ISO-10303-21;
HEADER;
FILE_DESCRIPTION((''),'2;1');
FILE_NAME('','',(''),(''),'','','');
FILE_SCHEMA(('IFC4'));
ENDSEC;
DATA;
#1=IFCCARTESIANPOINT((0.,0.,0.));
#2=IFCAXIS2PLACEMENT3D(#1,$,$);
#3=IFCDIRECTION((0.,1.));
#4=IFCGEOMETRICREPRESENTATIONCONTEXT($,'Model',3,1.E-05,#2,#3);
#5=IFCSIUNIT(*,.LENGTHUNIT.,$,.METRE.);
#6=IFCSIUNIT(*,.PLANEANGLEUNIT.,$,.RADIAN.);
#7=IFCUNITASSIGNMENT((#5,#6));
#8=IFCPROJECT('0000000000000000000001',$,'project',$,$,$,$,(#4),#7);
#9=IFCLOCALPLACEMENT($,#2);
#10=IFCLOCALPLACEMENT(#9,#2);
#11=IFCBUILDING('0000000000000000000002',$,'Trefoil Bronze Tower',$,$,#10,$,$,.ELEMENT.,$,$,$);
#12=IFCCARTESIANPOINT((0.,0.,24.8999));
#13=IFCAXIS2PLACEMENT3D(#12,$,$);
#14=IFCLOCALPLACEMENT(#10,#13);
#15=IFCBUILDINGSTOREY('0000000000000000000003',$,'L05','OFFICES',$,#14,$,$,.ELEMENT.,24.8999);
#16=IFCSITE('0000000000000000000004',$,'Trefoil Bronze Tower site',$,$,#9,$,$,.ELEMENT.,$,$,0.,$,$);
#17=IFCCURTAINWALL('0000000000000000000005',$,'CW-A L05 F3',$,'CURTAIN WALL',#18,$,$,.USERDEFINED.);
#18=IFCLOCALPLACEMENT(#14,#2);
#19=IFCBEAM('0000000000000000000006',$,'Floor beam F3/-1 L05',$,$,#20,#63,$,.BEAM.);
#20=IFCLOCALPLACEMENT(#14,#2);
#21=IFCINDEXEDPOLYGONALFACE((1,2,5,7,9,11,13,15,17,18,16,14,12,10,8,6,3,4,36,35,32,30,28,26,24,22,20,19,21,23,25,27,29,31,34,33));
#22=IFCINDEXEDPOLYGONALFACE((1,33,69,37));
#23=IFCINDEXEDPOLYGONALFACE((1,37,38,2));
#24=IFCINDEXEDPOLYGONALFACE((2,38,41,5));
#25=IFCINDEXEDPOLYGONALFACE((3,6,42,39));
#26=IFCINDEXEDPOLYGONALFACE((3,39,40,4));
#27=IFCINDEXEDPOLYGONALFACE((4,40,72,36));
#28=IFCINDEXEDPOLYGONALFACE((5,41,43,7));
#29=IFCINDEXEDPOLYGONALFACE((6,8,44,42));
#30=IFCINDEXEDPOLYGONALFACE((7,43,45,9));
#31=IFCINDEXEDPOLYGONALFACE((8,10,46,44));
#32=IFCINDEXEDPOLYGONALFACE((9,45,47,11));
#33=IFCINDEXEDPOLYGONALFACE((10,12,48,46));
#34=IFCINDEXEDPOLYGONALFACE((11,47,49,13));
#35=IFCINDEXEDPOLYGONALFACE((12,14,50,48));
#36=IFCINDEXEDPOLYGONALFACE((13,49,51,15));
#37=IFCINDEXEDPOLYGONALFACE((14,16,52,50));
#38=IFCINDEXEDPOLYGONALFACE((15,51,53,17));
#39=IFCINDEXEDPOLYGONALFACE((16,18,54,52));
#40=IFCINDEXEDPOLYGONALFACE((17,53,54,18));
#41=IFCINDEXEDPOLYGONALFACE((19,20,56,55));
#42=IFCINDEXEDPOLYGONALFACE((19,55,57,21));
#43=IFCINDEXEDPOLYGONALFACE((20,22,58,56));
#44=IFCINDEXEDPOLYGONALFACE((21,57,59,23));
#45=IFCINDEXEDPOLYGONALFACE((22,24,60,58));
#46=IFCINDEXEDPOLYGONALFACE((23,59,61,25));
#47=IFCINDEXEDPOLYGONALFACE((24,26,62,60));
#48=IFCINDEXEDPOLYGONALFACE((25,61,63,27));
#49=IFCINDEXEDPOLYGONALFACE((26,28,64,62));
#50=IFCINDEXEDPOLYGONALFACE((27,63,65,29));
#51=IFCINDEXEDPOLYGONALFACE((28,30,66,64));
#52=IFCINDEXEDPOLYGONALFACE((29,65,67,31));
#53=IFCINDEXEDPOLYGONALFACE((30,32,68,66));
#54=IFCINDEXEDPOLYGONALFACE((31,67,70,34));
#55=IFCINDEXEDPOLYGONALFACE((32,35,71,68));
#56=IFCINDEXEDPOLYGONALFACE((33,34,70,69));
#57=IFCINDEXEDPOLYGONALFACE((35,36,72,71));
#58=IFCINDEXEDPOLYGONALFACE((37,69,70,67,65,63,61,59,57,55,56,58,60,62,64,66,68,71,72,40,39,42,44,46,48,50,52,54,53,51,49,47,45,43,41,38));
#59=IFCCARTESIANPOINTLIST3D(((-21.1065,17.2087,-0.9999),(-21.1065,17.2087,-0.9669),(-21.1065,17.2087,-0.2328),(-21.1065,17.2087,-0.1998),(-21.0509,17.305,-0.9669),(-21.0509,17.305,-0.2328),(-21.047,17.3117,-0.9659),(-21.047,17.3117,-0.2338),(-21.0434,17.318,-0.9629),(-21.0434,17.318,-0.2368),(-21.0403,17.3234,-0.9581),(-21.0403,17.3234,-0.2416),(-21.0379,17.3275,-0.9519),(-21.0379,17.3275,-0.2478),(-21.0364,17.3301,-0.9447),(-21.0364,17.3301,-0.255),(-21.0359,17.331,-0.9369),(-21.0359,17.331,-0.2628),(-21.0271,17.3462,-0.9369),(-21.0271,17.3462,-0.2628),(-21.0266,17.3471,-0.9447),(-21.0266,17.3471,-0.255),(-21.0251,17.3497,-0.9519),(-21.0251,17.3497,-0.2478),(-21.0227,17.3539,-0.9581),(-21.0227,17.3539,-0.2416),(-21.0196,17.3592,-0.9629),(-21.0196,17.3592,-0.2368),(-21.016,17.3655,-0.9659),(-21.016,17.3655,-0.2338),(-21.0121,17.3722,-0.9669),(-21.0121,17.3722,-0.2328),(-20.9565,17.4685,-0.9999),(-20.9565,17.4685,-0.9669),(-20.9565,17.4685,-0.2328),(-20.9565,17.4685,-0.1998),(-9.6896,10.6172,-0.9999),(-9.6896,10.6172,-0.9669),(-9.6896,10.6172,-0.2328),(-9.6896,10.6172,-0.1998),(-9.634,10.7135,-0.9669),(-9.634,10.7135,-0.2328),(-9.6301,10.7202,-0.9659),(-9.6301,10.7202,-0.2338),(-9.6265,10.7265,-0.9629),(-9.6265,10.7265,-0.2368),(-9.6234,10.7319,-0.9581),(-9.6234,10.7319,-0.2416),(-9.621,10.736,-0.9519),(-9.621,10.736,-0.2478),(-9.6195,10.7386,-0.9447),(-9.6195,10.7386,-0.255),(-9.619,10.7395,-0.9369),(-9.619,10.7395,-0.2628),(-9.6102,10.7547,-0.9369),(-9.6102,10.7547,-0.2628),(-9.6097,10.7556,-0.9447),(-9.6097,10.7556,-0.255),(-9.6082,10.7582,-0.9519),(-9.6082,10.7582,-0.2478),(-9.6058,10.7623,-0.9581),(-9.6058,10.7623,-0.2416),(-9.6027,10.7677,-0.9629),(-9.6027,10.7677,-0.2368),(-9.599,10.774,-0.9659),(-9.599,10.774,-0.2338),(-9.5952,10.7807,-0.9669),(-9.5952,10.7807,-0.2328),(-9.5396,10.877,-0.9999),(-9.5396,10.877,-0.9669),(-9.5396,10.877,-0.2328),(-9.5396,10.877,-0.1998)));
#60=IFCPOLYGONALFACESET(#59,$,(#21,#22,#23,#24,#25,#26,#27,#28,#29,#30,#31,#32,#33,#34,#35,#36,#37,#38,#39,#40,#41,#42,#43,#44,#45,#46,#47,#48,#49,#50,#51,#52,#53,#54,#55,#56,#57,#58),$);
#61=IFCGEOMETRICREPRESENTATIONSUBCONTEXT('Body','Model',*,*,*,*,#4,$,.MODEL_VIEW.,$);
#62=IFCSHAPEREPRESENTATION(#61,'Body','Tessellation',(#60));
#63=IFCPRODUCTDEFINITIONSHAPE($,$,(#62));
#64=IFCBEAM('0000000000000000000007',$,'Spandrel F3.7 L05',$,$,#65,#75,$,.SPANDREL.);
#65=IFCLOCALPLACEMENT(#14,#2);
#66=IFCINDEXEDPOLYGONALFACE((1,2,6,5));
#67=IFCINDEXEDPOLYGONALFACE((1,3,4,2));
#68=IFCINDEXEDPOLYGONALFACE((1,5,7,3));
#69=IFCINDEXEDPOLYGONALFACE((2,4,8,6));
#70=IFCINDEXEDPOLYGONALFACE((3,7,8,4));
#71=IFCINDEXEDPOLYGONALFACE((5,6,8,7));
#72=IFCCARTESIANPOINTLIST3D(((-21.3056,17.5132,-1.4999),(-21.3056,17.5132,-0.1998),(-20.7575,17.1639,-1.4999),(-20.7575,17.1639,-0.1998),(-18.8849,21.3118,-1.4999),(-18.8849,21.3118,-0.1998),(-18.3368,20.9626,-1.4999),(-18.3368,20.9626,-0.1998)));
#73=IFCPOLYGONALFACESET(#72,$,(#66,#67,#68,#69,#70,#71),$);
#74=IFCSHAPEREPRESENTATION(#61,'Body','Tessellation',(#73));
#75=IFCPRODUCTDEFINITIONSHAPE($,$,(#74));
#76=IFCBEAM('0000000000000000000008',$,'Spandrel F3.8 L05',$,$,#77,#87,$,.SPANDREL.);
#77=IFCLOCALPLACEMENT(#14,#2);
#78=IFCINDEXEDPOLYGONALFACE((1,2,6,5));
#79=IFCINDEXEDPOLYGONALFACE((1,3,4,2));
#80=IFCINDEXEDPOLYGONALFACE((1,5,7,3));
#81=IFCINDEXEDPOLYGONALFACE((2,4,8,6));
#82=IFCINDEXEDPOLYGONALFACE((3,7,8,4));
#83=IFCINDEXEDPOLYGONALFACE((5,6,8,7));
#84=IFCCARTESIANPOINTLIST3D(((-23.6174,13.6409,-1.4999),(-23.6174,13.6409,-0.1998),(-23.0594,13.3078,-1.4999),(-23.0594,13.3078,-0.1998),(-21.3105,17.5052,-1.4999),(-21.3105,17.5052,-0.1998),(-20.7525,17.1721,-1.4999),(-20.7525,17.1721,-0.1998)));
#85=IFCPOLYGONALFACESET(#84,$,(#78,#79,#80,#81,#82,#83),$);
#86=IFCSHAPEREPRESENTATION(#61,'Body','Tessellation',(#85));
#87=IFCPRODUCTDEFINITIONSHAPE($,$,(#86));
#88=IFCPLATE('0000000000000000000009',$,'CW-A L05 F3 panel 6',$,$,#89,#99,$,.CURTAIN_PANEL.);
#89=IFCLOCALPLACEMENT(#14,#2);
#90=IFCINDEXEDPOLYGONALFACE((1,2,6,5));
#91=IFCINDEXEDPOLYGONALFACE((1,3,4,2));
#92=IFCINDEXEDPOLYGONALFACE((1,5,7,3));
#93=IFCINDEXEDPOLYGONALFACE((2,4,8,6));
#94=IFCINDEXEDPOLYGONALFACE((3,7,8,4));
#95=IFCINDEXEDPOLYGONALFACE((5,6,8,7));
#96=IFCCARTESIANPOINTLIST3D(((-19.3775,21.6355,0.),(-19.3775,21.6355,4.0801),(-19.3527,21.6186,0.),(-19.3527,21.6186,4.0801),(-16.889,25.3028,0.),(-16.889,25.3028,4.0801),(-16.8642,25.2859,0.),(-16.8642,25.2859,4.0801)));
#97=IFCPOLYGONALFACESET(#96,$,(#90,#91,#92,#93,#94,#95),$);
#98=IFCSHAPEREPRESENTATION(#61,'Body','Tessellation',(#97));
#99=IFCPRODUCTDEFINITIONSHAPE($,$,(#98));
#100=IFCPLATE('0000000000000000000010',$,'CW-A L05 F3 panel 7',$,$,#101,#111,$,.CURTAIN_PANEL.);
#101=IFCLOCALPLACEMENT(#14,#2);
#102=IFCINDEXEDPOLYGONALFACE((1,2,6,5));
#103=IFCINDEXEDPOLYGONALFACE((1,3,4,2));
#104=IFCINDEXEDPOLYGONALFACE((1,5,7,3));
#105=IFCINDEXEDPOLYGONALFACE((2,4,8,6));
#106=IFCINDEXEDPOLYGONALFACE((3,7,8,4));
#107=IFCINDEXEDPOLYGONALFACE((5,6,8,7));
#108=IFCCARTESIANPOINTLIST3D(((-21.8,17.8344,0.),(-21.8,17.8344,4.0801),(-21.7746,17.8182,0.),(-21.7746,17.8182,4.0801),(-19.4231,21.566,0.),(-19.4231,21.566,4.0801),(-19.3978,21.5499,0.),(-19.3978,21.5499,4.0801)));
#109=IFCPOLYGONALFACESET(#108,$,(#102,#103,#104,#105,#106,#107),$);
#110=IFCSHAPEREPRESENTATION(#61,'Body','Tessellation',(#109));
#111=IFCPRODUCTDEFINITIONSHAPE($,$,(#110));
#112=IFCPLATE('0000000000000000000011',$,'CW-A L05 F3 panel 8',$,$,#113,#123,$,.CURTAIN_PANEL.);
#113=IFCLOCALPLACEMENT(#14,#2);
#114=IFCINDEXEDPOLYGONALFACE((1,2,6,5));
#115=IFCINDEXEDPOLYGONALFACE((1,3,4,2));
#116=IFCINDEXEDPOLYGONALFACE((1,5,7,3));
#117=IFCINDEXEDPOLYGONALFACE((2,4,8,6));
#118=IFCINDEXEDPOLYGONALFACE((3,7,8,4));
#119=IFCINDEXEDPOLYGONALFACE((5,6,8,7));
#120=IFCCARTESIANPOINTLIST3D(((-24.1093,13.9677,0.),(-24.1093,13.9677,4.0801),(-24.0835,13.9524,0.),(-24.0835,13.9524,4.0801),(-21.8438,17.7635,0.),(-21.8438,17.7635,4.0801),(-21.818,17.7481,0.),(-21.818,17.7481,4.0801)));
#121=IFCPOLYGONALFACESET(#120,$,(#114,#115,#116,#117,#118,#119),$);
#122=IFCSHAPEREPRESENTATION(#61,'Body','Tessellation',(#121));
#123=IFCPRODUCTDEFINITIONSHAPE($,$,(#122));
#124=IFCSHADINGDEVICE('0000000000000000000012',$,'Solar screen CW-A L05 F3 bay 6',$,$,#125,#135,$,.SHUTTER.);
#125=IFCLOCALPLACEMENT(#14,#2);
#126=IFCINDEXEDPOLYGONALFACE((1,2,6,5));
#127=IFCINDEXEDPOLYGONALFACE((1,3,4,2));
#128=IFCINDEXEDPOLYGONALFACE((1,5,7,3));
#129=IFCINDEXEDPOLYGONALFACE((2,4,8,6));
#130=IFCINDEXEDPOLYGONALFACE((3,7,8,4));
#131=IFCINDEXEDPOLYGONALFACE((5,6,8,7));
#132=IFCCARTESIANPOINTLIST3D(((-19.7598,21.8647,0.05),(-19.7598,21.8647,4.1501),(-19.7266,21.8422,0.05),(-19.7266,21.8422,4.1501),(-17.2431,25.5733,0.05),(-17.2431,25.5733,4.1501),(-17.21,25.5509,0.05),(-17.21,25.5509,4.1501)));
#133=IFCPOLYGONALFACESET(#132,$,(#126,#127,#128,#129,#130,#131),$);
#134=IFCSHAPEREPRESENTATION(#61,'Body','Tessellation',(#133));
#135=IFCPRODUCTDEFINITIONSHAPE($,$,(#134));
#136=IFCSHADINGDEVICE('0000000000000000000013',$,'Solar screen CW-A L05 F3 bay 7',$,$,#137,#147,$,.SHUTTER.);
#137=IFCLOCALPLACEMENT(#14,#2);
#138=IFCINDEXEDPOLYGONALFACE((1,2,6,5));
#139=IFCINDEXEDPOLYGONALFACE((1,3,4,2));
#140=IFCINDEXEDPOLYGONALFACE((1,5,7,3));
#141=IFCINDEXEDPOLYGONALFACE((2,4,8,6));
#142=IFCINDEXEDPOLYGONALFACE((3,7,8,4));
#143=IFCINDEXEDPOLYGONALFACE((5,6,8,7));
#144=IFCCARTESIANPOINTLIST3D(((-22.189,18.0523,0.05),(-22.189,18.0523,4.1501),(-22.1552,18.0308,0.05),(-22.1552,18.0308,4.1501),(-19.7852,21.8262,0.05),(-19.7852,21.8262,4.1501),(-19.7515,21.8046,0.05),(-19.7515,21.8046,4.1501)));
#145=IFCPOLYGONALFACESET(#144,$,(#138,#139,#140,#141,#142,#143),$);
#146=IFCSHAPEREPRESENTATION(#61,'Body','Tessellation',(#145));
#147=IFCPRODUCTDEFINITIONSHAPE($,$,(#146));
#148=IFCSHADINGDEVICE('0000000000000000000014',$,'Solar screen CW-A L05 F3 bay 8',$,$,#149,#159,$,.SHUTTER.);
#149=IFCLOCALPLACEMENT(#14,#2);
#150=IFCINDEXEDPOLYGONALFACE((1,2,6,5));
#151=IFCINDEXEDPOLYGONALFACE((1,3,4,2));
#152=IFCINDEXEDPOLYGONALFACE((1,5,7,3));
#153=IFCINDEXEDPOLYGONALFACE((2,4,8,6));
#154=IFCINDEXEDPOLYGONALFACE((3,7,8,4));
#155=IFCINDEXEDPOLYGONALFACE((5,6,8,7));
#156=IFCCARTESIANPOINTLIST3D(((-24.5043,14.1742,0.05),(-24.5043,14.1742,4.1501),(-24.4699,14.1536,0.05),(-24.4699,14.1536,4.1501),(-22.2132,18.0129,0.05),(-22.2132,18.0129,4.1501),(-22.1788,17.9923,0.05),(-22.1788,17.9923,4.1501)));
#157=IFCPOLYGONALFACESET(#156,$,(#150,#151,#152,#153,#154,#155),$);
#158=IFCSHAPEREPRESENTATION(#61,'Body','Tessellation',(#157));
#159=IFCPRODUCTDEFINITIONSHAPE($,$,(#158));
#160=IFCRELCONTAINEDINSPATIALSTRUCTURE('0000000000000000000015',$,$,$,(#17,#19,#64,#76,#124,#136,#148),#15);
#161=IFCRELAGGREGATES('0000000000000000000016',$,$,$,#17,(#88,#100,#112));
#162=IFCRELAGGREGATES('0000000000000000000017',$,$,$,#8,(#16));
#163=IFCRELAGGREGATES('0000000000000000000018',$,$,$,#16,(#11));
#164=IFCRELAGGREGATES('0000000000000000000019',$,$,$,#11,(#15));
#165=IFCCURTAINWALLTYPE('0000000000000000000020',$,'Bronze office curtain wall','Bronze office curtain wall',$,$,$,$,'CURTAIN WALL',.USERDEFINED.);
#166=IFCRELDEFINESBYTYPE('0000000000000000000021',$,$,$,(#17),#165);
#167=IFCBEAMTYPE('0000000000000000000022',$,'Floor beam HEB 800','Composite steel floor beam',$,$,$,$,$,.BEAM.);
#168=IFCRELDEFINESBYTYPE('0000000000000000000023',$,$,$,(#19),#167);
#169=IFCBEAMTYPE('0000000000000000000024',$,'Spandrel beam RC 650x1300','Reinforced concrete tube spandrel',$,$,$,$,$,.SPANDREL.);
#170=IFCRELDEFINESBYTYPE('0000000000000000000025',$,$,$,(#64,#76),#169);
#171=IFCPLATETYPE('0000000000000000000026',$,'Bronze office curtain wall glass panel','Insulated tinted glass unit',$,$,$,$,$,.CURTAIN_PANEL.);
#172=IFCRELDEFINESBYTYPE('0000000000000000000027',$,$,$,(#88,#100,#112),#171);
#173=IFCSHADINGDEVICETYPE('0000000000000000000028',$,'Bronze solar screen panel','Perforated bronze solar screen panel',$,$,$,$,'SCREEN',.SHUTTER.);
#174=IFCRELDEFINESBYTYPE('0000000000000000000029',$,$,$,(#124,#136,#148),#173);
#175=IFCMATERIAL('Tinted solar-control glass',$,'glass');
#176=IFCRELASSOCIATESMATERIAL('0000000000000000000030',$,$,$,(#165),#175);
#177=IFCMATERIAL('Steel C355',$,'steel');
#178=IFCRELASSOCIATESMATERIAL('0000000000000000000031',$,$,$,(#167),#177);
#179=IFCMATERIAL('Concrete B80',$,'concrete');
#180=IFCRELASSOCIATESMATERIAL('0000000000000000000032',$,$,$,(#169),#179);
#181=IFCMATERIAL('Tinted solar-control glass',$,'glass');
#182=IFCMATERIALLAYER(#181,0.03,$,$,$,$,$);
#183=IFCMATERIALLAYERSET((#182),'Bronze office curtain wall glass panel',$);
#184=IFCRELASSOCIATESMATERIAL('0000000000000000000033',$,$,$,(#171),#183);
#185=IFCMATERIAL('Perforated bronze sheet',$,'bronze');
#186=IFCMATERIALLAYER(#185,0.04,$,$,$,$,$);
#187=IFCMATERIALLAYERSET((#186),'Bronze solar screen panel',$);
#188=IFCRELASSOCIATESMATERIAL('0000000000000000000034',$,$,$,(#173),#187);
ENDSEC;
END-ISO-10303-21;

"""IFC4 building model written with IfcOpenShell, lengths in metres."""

from ifc_helpers import new_model, si_unit, direction, frame, origin, origin_2d, place, context, subcontext, project, spatial, rectangle, i_section, extrude, material, layer, layer_set, material_profile, profile_set, type_object, element, aggregate, save


model = new_model("IFC4")

# Units and contexts
model_context = context("Model", 3, precision=1e-05, world=origin(), true_north=direction((0.0, 1.0)))
body_context = subcontext(model_context, "Body", "Model", "MODEL_VIEW")
ifc_project = project(units=[si_unit("LENGTHUNIT", "METRE"), si_unit("PLANEANGLEUNIT", "RADIAN")], contexts=[model_context])

# Site, building, storey
site_placement = place(None, origin())
site = spatial("IfcSite", under=ifc_project, at=site_placement, Name="Trefoil Bronze Tower site", CompositionType="ELEMENT", RefElevation=0.0)
building_placement = place(site_placement, origin())
building = spatial("IfcBuilding", under=site, at=building_placement, Name="Trefoil Bronze Tower", CompositionType="ELEMENT")
storey_placement = place(building_placement, frame((0.0, 0.0, 24.8999)))
storey = spatial("IfcBuildingStorey", under=building, at=storey_placement, Name="L05", Description="OFFICES", CompositionType="ELEMENT", Elevation=24.8999)

# Curtain wall
ifc_material_1 = material(Name="Tinted solar-control glass", Category="glass")
curtain_wall_type = type_object("IfcCurtainWallType", Name="Bronze office curtain wall", Description="Bronze office curtain wall", ElementType="CURTAIN WALL", PredefinedType="USERDEFINED", material=ifc_material_1)
curtain_wall_placement = place(storey_placement, origin())
curtain_wall = element("IfcCurtainWall", 1, at=curtain_wall_placement, inside=storey, type_object=curtain_wall_type, Name="CW-A L05 F3", ObjectType="CURTAIN WALL", PredefinedType="USERDEFINED")

# Beams
ifc_material_2 = material(Name="Steel C355", Category="steel")
ifc_material_profile_1 = material_profile(ifc_material_2, i_section(OverallWidth=0.3, OverallDepth=0.8, WebThickness=0.0176, FlangeThickness=0.033, FilletRadius=0.03, at=origin_2d()), Name="HEB 800")
ifc_profile_set_1 = profile_set([ifc_material_profile_1], Name="Steel C355")
beam_type_1 = type_object("IfcBeamType", Name="Floor beam HEB 800", Description="Composite steel floor beam", PredefinedType="BEAM", material=ifc_profile_set_1)
beam_1_placement = place(storey_placement, frame((-21.0315, 17.3386, -0.5999), z_axis=(0.866027, -0.499997, 0.0), x_axis=(0.499997, 0.866027, 0.0)))
element("IfcBeam", 2, at=beam_1_placement, inside=storey, type_object=beam_type_1, Name="Floor beam F3/-1 L05", PredefinedType="BEAM", context=body_context, shape_type="SweptSolid", body=[
    extrude(i_section(OverallWidth=0.3, OverallDepth=0.8, WebThickness=0.0176, FlangeThickness=0.033, FilletRadius=0.03, at=origin_2d()), origin(), (0.0, 0.0, 1.0), 13.1831),
])
ifc_material_3 = material(Name="Concrete B80", Category="concrete")
ifc_material_profile_2 = material_profile(ifc_material_3, rectangle(XDim=0.6499, YDim=1.3, at=origin_2d()), Name="RC 650x1300")
ifc_profile_set_2 = profile_set([ifc_material_profile_2], Name="Concrete B80")
beam_type_2 = type_object("IfcBeamType", Name="Spandrel beam RC 650x1300", Description="Reinforced concrete tube spandrel", PredefinedType="SPANDREL", material=ifc_profile_set_2)
beam_2_placement = place(storey_placement, frame((-18.6108, 21.1372, -0.8499), z_axis=(-0.537408, -0.843322, 0.0), x_axis=(0.843322, -0.537408, 0.0)))
element("IfcBeam", 3, at=beam_2_placement, inside=storey, type_object=beam_type_2, Name="Spandrel F3.7 L05", PredefinedType="SPANDREL", context=body_context, shape_type="SweptSolid", body=[
    extrude(rectangle(XDim=0.6499, YDim=1.3, at=origin_2d()), origin(), (0.0, 0.0, 1.0), 4.5044),
])
beam_3_placement = place(storey_placement, frame((-21.0315, 17.3386, -0.8499), z_axis=(-0.512588, -0.858635, 0.0), x_axis=(0.858635, -0.512588, 0.0)))
element("IfcBeam", 4, at=beam_3_placement, inside=storey, type_object=beam_type_2, Name="Spandrel F3.8 L05", PredefinedType="SPANDREL", context=body_context, shape_type="SweptSolid", body=[
    extrude(rectangle(XDim=0.6499, YDim=1.3, at=origin_2d()), origin(), (0.0, 0.0, 1.0), 4.5005),
])

# Plates
ifc_material_4 = material(Name="Tinted solar-control glass", Category="glass")
ifc_layer_1 = layer(ifc_material_4, 0.03)
ifc_layer_set_1 = layer_set([ifc_layer_1], Name="Bronze office curtain wall glass panel")
plate_type = type_object("IfcPlateType", Name="Bronze office curtain wall glass panel", Description="Insulated tinted glass unit", PredefinedType="CURTAIN_PANEL", material=ifc_layer_set_1)
plate_1_placement = place(storey_placement, frame((-18.1208, 23.4607, 0.0), z_axis=(0.0, 0.0, 1.0), x_axis=(-0.56151, -0.82747, 0.0)))
plate_1 = element("IfcPlate", 5, at=plate_1_placement, type_object=plate_type, Name="CW-A L05 F3 panel 6", PredefinedType="CURTAIN_PANEL", context=body_context, shape_type="SweptSolid", body=[
    extrude(rectangle(XDim=4.4319, YDim=0.03, at=origin_2d()), origin(), (0.0, 0.0, 1.0), 4.0801),
])
plate_2_placement = place(storey_placement, frame((-20.5989, 19.6921, 0.0), z_axis=(0.0, 0.0, 1.0), x_axis=(-0.537222, -0.843441, 0.0)))
plate_2 = element("IfcPlate", 6, at=plate_2_placement, type_object=plate_type, Name="CW-A L05 F3 panel 7", PredefinedType="CURTAIN_PANEL", context=body_context, shape_type="SweptSolid", body=[
    extrude(rectangle(XDim=4.4243, YDim=0.03, at=origin_2d()), origin(), (0.0, 0.0, 1.0), 4.0801),
])
plate_3_placement = place(storey_placement, frame((-22.9636, 15.8579, 0.0), z_axis=(0.0, 0.0, 1.0), x_axis=(-0.512513, -0.85868, 0.0)))
plate_3 = element("IfcPlate", 7, at=plate_3_placement, type_object=plate_type, Name="CW-A L05 F3 panel 8", PredefinedType="CURTAIN_PANEL", context=body_context, shape_type="SweptSolid", body=[
    extrude(rectangle(XDim=4.4204, YDim=0.03, at=origin_2d()), origin(), (0.0, 0.0, 1.0), 4.0801),
])
aggregate(curtain_wall, [plate_1, plate_2, plate_3])

# Shading devices
ifc_material_5 = material(Name="Perforated bronze sheet", Category="bronze")
ifc_layer_2 = layer(ifc_material_5, 0.04)
ifc_layer_set_2 = layer_set([ifc_layer_2], Name="Bronze solar screen panel")
shading_device_type = type_object("IfcShadingDeviceType", Name="Bronze solar screen panel", Description="Perforated bronze solar screen panel", ElementType="SCREEN", PredefinedType="SHUTTER", material=ifc_layer_set_2)
shading_device_1_placement = place(storey_placement, frame((-18.4849, 23.7078, 0.05), z_axis=(0.0, 0.0, 1.0), x_axis=(-0.56151, -0.82747, 0.0)))
element("IfcShadingDevice", 8, at=shading_device_1_placement, inside=storey, type_object=shading_device_type, Name="Solar screen CW-A L05 F3 bay 6", PredefinedType="SHUTTER", context=body_context, shape_type="SweptSolid", body=[
    extrude(rectangle(XDim=4.4819, YDim=0.04, at=origin_2d()), origin(), (0.0, 0.0, 1.0), 4.1001),
])
shading_device_2_placement = place(storey_placement, frame((-20.9702, 19.9285, 0.05), z_axis=(0.0, 0.0, 1.0), x_axis=(-0.537222, -0.843441, 0.0)))
element("IfcShadingDevice", 9, at=shading_device_2_placement, inside=storey, type_object=shading_device_type, Name="Solar screen CW-A L05 F3 bay 7", PredefinedType="SHUTTER", context=body_context, shape_type="SweptSolid", body=[
    extrude(rectangle(XDim=4.4744, YDim=0.04, at=origin_2d()), origin(), (0.0, 0.0, 1.0), 4.1001),
])
shading_device_3_placement = place(storey_placement, frame((-23.3416, 16.0833, 0.05), z_axis=(0.0, 0.0, 1.0), x_axis=(-0.512513, -0.85868, 0.0)))
element("IfcShadingDevice", 10, at=shading_device_3_placement, inside=storey, type_object=shading_device_type, Name="Solar screen CW-A L05 F3 bay 8", PredefinedType="SHUTTER", context=body_context, shape_type="SweptSolid", body=[
    extrude(rectangle(XDim=4.4705, YDim=0.04, at=origin_2d()), origin(), (0.0, 0.0, 1.0), 4.1001),
])

save(model, "model.ifc")
